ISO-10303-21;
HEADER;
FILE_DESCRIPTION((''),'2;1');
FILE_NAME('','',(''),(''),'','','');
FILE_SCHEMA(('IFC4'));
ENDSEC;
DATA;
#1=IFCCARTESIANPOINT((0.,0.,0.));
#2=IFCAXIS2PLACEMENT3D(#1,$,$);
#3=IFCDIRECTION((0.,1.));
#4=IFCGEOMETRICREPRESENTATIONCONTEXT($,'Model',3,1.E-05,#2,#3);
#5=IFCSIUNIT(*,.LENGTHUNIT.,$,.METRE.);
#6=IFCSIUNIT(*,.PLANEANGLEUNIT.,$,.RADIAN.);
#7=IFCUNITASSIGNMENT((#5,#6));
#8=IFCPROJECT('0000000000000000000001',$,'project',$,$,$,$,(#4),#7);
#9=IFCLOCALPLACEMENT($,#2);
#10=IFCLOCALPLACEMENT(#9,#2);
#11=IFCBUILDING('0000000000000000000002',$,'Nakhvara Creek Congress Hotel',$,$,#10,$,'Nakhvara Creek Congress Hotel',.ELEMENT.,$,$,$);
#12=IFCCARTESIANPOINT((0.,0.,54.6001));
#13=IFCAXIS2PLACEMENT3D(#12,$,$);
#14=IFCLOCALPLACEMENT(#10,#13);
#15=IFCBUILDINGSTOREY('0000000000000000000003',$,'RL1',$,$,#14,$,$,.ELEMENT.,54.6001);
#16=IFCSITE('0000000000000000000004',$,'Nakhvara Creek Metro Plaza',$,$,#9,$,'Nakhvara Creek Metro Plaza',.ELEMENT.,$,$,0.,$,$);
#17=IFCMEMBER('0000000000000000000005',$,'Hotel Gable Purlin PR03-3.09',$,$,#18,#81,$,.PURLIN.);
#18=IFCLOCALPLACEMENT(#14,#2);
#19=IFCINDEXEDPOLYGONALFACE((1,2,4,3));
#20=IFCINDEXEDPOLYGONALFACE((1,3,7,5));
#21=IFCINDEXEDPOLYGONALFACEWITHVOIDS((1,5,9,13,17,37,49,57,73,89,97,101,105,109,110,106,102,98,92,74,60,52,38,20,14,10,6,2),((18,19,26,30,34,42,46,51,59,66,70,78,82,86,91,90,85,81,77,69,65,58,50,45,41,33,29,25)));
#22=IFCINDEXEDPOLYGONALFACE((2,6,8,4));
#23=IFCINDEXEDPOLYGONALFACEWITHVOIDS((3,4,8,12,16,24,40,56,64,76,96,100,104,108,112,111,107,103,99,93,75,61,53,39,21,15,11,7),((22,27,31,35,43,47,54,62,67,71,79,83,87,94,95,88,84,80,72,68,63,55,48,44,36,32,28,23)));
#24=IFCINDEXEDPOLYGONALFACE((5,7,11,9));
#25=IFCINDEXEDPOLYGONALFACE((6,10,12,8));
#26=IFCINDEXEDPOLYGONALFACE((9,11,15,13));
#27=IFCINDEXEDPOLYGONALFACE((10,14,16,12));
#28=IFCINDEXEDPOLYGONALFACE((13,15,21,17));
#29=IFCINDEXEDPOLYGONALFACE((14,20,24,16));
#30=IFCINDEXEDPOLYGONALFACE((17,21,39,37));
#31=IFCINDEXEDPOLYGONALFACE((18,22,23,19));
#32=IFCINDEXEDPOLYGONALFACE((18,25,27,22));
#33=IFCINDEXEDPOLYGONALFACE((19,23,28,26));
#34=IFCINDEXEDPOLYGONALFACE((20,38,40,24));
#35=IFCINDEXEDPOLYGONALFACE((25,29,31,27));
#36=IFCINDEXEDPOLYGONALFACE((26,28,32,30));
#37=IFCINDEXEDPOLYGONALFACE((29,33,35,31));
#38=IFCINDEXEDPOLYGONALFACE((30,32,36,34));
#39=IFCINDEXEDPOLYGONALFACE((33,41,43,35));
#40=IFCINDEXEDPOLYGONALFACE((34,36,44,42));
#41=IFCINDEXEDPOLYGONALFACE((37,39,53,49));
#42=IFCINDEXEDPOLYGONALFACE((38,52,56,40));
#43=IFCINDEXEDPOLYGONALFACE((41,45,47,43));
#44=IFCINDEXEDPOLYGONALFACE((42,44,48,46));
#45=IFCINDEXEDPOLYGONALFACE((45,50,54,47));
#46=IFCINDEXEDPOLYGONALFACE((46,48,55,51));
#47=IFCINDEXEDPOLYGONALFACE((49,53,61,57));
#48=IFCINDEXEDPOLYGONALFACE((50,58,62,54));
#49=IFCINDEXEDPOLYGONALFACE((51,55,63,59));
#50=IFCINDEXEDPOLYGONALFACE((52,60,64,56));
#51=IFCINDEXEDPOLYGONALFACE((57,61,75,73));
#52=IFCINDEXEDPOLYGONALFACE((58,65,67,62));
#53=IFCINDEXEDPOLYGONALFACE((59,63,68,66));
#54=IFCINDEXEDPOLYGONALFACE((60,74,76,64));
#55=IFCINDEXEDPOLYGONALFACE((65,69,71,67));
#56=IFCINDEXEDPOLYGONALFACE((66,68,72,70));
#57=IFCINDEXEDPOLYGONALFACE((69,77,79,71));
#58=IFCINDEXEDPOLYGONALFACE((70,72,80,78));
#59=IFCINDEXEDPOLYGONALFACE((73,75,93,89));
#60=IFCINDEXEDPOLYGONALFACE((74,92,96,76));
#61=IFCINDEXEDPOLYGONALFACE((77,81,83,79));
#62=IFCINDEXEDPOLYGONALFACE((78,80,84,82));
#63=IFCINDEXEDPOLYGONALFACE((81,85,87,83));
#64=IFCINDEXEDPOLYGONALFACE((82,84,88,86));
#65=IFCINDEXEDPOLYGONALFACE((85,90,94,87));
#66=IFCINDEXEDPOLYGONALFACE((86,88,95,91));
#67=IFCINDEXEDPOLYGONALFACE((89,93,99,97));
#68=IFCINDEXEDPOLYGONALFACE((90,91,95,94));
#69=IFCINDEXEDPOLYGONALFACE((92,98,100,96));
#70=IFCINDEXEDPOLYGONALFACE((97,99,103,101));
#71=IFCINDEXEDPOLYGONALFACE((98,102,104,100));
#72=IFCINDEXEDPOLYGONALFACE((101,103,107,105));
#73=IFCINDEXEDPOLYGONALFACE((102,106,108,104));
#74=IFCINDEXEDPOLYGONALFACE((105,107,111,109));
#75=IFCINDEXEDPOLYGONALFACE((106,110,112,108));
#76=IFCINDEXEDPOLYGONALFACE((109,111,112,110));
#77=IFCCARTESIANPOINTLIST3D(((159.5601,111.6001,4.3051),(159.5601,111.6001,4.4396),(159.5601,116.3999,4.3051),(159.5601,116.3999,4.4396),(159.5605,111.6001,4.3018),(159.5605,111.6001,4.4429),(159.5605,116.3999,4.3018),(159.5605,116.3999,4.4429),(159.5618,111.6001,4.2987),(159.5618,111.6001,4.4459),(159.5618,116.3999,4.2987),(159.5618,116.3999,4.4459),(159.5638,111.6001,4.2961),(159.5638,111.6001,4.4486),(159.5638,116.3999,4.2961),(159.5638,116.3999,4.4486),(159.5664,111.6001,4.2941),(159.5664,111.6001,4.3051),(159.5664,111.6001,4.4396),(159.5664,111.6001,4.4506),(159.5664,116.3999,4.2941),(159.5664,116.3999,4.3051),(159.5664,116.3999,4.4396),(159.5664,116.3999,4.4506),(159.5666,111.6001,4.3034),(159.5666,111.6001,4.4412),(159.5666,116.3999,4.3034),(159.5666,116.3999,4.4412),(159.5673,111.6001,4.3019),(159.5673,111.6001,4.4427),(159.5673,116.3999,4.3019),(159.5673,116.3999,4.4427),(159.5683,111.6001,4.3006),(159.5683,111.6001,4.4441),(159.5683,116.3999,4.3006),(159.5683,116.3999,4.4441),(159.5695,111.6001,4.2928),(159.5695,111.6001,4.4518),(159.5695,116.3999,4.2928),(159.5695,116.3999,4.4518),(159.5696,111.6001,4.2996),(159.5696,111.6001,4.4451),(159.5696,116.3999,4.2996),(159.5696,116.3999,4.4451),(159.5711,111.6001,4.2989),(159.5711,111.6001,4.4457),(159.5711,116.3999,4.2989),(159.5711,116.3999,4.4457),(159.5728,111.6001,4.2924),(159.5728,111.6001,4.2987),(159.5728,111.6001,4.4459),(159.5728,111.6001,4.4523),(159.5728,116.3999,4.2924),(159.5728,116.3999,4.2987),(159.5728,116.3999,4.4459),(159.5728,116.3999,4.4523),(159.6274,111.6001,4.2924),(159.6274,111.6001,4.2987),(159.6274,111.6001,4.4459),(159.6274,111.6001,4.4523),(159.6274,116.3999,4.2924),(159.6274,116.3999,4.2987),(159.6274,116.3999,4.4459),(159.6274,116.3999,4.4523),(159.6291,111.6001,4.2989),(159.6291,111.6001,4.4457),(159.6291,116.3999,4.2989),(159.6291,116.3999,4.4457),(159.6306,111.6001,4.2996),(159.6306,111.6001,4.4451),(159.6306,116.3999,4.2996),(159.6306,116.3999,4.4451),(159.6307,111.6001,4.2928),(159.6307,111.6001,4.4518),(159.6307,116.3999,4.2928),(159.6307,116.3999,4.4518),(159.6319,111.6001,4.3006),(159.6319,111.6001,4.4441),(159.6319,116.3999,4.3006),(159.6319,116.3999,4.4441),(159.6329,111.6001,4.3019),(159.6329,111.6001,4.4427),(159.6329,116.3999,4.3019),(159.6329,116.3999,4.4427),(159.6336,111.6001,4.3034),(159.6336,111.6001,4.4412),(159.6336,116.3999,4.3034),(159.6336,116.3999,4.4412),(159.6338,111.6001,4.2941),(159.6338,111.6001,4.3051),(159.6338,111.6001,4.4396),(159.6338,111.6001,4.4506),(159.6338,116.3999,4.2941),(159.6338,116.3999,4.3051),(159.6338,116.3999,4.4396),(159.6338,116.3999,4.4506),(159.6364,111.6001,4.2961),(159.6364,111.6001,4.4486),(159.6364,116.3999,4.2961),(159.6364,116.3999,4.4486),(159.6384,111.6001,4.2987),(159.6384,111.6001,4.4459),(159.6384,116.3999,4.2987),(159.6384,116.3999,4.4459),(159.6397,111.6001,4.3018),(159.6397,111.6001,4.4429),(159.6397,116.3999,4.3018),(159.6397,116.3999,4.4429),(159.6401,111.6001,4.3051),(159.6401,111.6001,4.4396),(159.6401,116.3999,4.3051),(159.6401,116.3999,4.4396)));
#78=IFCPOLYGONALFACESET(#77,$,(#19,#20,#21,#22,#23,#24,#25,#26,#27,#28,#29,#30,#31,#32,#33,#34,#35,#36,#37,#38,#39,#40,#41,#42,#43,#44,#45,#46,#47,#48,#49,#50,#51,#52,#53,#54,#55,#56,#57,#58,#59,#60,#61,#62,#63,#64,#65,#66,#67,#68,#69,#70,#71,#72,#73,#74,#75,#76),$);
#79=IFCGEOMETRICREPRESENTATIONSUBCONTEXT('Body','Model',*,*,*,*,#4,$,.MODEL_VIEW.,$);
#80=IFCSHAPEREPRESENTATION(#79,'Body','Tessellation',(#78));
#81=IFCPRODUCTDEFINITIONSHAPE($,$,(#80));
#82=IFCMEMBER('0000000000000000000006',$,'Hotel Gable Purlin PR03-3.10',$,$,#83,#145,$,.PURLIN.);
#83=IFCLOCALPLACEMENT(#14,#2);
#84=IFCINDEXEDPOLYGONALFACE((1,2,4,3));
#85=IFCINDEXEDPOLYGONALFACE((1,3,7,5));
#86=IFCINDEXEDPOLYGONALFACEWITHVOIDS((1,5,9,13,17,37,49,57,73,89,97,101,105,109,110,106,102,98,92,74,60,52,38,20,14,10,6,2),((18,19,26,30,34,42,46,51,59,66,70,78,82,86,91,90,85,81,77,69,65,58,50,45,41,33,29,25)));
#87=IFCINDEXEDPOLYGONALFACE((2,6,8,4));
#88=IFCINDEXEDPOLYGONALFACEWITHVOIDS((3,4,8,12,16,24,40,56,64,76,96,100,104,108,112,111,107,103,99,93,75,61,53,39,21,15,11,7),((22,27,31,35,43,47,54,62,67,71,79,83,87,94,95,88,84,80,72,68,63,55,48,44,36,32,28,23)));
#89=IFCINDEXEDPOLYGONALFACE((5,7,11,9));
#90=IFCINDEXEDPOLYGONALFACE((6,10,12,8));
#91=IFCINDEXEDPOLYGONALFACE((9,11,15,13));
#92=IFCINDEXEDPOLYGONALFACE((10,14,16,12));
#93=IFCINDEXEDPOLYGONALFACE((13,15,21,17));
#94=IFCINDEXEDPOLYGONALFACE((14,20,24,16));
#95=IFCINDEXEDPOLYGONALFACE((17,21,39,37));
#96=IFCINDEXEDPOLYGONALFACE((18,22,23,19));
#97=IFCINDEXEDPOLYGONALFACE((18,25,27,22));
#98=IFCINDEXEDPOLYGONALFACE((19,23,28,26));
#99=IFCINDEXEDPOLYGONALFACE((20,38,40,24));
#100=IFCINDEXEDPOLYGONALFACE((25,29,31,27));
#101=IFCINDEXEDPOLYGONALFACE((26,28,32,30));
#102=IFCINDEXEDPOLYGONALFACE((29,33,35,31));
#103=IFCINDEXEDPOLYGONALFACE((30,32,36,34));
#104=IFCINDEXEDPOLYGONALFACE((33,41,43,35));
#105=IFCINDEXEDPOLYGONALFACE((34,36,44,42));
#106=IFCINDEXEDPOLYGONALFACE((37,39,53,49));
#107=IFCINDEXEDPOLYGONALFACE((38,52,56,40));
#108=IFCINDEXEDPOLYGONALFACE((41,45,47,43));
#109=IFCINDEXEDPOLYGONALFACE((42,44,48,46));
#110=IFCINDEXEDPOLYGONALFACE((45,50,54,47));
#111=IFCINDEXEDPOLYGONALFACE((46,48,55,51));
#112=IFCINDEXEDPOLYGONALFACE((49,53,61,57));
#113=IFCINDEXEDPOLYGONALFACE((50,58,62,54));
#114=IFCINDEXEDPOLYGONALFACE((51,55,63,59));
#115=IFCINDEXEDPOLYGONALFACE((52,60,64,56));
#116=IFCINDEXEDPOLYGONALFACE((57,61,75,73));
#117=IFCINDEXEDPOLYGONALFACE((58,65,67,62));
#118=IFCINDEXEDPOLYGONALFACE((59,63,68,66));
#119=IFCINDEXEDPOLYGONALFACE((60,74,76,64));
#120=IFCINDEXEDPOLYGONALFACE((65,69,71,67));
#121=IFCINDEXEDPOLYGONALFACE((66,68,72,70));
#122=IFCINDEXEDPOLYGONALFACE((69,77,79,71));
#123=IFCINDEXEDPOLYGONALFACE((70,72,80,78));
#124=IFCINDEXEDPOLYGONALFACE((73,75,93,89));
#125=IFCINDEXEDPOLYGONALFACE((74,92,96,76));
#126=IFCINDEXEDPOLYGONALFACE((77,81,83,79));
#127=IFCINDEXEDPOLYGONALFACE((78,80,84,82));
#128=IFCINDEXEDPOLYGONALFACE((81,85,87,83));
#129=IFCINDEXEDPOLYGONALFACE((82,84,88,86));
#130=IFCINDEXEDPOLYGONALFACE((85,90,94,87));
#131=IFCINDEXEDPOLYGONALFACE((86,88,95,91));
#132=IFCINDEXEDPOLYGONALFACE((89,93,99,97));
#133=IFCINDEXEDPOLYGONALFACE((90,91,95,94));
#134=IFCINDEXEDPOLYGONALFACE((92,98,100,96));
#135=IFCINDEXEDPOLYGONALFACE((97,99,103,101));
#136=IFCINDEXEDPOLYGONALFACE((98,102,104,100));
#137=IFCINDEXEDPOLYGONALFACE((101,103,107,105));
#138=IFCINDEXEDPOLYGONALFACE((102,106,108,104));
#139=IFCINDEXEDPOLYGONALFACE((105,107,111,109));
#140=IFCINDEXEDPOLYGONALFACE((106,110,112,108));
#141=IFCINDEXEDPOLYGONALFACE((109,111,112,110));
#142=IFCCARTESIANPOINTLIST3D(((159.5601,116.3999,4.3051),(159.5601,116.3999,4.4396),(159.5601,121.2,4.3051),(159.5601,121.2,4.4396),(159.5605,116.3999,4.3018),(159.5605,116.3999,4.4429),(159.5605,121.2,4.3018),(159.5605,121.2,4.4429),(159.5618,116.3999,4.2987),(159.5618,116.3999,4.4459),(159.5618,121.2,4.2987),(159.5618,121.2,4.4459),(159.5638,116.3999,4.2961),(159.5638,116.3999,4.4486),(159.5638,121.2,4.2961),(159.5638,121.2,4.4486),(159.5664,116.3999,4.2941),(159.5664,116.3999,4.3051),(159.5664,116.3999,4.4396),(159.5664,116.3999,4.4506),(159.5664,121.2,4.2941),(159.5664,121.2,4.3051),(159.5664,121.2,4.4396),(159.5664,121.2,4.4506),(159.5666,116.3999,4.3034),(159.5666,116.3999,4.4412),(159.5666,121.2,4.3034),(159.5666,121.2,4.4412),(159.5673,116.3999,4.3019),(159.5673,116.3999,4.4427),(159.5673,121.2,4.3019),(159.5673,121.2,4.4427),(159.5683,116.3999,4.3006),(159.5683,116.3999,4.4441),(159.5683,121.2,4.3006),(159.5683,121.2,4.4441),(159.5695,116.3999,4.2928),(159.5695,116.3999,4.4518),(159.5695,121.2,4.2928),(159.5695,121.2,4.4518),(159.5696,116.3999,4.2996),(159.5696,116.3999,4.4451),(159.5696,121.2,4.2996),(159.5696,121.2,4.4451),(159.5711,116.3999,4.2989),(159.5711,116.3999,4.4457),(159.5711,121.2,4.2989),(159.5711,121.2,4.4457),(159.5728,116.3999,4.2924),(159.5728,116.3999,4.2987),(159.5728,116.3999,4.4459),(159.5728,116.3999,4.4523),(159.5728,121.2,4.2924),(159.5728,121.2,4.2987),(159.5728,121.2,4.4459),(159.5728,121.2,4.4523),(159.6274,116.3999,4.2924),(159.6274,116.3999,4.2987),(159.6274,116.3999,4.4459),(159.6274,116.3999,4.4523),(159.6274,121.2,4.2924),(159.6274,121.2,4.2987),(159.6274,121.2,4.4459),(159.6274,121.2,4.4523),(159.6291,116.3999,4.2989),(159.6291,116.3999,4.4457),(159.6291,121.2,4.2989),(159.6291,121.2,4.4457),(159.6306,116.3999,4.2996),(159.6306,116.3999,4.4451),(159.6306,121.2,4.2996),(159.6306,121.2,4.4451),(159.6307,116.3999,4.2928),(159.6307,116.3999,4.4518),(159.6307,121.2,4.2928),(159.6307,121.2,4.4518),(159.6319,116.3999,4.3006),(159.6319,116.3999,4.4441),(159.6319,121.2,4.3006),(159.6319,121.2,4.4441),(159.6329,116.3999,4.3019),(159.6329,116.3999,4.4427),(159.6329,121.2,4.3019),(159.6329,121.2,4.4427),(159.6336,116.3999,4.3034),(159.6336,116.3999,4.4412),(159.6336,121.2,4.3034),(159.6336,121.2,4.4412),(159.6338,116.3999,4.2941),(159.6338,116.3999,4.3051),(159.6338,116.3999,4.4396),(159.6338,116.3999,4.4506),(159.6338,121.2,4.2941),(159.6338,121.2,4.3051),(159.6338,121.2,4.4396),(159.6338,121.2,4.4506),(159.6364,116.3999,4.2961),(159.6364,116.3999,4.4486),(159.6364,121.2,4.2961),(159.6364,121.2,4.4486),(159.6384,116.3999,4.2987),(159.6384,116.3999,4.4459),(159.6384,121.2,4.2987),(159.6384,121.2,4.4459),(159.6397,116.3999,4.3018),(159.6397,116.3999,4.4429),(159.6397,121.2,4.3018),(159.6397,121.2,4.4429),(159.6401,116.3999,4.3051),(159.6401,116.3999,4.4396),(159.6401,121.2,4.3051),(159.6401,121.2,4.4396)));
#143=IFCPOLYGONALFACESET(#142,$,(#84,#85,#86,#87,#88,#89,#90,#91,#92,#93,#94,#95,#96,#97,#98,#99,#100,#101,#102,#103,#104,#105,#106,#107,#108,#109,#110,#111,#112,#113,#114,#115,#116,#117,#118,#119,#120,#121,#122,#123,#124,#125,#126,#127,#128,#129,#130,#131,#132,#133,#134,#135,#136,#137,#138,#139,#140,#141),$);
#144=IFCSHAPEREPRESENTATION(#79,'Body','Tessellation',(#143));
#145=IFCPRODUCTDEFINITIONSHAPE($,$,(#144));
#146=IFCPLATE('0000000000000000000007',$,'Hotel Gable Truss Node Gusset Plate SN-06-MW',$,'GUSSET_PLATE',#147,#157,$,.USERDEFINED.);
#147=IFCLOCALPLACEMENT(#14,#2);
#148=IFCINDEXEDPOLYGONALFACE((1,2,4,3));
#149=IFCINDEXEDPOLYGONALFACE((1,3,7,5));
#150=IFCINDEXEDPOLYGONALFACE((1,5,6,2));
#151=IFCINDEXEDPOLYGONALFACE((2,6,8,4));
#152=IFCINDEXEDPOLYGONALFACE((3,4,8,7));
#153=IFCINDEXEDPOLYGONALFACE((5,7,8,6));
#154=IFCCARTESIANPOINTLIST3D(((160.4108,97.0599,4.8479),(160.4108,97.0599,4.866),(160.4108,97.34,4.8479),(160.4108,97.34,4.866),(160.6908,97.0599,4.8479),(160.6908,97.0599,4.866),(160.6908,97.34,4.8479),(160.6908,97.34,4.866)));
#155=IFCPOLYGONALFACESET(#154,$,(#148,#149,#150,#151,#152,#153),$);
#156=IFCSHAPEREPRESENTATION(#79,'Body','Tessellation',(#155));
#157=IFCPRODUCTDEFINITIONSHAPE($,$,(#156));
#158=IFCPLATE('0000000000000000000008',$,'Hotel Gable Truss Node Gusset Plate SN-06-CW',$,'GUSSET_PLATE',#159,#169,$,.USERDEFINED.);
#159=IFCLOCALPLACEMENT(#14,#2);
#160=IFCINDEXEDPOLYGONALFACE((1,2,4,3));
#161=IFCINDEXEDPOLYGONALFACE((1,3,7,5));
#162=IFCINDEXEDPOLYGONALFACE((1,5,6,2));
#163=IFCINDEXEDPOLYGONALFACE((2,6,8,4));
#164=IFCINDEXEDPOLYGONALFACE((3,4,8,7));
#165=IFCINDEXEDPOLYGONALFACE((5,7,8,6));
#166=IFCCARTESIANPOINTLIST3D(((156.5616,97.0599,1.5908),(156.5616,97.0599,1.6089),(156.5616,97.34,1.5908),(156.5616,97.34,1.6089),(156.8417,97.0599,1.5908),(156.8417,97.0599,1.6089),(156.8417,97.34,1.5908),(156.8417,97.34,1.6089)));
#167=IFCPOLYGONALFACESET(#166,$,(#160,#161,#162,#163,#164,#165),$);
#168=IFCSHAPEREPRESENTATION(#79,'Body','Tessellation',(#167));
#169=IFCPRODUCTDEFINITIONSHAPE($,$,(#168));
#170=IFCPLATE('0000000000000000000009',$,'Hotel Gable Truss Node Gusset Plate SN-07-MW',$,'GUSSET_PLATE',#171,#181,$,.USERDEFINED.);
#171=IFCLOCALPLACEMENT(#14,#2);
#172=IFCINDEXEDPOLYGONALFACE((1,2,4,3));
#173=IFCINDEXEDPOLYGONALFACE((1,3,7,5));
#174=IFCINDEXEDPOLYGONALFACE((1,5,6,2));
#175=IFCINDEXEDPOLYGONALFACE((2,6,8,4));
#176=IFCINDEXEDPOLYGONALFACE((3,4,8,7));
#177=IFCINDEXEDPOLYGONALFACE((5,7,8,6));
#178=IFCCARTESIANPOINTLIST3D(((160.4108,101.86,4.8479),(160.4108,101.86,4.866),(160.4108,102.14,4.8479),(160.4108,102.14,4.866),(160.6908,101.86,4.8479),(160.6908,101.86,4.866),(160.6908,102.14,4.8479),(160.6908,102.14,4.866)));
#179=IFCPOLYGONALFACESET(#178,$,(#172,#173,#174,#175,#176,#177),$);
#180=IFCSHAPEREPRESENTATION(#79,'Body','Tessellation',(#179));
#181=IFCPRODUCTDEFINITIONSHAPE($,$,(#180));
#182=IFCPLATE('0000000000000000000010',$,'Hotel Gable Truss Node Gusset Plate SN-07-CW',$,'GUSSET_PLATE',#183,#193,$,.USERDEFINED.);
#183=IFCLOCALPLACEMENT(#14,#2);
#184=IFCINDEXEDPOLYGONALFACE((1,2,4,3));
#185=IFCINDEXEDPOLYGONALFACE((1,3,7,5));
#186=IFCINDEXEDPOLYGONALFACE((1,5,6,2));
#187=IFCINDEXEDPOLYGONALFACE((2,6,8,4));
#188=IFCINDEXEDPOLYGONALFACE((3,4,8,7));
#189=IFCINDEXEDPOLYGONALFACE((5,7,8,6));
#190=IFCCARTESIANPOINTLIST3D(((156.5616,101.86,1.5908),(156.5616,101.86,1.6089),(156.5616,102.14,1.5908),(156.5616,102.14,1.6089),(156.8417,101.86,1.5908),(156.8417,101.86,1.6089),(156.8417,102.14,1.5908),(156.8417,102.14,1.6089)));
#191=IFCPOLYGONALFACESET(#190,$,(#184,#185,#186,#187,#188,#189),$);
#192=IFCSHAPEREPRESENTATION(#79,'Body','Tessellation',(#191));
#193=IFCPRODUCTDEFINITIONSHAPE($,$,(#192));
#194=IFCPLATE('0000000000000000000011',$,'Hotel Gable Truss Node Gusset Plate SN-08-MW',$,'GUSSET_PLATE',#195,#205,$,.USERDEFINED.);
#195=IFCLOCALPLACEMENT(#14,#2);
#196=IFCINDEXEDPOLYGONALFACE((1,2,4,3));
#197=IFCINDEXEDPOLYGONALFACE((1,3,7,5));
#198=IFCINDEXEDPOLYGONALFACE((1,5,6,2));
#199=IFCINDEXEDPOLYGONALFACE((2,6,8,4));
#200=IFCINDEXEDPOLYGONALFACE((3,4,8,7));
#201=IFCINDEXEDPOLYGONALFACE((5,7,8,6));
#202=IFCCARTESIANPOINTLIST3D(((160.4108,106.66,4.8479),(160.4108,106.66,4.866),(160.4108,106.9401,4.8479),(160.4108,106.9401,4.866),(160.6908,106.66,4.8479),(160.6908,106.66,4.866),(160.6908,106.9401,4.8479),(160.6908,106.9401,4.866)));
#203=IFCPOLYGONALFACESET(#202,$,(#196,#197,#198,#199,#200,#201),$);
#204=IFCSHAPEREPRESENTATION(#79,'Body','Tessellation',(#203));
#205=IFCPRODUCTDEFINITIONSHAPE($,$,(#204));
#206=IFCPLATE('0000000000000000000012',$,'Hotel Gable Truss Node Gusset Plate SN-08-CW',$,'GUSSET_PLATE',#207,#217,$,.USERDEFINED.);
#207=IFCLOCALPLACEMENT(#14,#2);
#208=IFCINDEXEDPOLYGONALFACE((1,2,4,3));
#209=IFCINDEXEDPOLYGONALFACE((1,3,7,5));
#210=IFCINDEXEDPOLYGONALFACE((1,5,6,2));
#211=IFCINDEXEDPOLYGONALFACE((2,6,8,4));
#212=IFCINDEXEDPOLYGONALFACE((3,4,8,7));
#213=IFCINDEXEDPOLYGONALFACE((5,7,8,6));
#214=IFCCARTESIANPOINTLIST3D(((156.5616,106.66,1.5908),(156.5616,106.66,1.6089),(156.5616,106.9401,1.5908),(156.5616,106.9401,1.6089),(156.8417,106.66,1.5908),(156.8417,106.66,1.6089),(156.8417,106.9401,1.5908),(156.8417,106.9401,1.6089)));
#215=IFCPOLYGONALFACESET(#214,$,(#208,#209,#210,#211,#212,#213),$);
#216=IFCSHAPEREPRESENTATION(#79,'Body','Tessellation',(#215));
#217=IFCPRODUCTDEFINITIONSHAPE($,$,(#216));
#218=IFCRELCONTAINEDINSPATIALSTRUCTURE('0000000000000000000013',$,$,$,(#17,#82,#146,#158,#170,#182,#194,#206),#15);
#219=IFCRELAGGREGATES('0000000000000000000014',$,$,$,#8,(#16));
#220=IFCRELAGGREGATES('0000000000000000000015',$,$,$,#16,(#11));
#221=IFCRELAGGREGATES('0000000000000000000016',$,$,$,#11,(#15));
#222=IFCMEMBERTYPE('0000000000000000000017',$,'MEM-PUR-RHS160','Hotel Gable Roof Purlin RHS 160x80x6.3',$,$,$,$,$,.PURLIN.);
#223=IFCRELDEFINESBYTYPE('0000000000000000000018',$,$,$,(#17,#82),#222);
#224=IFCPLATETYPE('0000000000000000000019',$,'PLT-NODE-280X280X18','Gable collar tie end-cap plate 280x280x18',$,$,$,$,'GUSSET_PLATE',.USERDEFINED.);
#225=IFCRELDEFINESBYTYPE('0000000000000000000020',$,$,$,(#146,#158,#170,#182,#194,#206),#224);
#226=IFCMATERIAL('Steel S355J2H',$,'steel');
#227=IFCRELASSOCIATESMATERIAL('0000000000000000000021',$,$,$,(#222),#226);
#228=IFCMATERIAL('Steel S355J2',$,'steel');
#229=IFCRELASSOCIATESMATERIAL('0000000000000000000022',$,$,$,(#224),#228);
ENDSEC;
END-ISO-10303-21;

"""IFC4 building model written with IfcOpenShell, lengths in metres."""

from ifc_helpers import new_model, si_unit, direction, frame, origin, origin_2d, place, context, subcontext, project, spatial, rectangle, hollow_rectangle, extrude, material, material_profile, profile_set, type_object, element, save


model = new_model("IFC4")

# Units and contexts
model_context = context("Model", 3, precision=1e-05, world=origin(), true_north=direction((0.0, 1.0)))
body_context = subcontext(model_context, "Body", "Model", "MODEL_VIEW")
ifc_project = project(units=[si_unit("LENGTHUNIT", "METRE"), si_unit("PLANEANGLEUNIT", "RADIAN")], contexts=[model_context])

# Site, building, storey
site_placement = place(None, origin())
site = spatial("IfcSite", under=ifc_project, at=site_placement, Name="Nakhvara Creek Metro Plaza", LongName="Nakhvara Creek Metro Plaza", CompositionType="ELEMENT", RefElevation=0.0)
building_placement = place(site_placement, origin())
building = spatial("IfcBuilding", under=site, at=building_placement, Name="Nakhvara Creek Congress Hotel", LongName="Nakhvara Creek Congress Hotel", CompositionType="ELEMENT")
storey_placement = place(building_placement, frame((0.0, 0.0, 54.6001)))
storey = spatial("IfcBuildingStorey", under=building, at=storey_placement, Name="RL1", CompositionType="ELEMENT", Elevation=54.6001)

# Shared definitions
ifc_material_1 = material(Name="Steel S355J2", Category="steel")

# Members
ifc_material_2 = material(Name="Steel S355J2H", Category="steel")
ifc_material_profile_1 = material_profile(ifc_material_2, hollow_rectangle(XDim=0.0801, YDim=0.1599, WallThickness=0.0063, InnerFilletRadius=0.0063, OuterFilletRadius=0.0127, at=origin_2d()), Name="RHS 160x80x6.3", Category="LoadBearing")
ifc_profile_set_1 = profile_set([ifc_material_profile_1], Name="Steel S355J2H")
member_type_1 = type_object("IfcMemberType", Name="MEM-PUR-RHS160", Description="Hotel Gable Roof Purlin RHS 160x80x6.3", PredefinedType="PURLIN", material=ifc_profile_set_1)
member_1_placement = place(storey_placement, frame((159.6001, 111.6001, 4.3723), z_axis=(0.0, 1.0, 0.0), x_axis=(-1.0, 0.0, 0.0)))
element("IfcMember", 1, at=member_1_placement, inside=storey, type_object=member_type_1, Name="Hotel Gable Purlin PR03-3.09", PredefinedType="PURLIN", context=body_context, shape_type="SweptSolid", body=[
    extrude(hollow_rectangle(XDim=0.0801, YDim=0.1599, WallThickness=0.0063, InnerFilletRadius=0.0063, OuterFilletRadius=0.0127, at=origin_2d()), origin(), (0.0, 0.0, 1.0), 4.7998),
])
member_2_placement = place(storey_placement, frame((159.6001, 116.3999, 4.3723), z_axis=(0.0, 1.0, 0.0), x_axis=(-1.0, 0.0, 0.0)))
element("IfcMember", 2, at=member_2_placement, inside=storey, type_object=member_type_1, Name="Hotel Gable Purlin PR03-3.10", PredefinedType="PURLIN", context=body_context, shape_type="SweptSolid", body=[
    extrude(hollow_rectangle(XDim=0.0801, YDim=0.1599, WallThickness=0.0063, InnerFilletRadius=0.0063, OuterFilletRadius=0.0127, at=origin_2d()), origin(), (0.0, 0.0, 1.0), 4.8),
])

# Plates
plate_type = type_object("IfcPlateType", Name="PLT-NODE-280X280X18", Description="Gable collar tie end-cap plate 280x280x18", ElementType="GUSSET_PLATE", PredefinedType="USERDEFINED", material=ifc_material_1)
for number, where, z_axis, x_axis, name in (
    (3, (160.5508, 97.2, 4.8479), (0.0, 0.0, 1.0), (1.0, 0.0, 0.0), "Hotel Gable Truss Node Gusset Plate SN-06-MW"),
    (4, (156.7017, 97.2, 1.5908), (0.0, 0.0, 1.0), (1.0, 0.0, 0.0), "Hotel Gable Truss Node Gusset Plate SN-06-CW"),
    (5, (160.5508, 102.0, 4.8479), (0.0, 0.0, 1.0), (1.0, 0.0, 0.0), "Hotel Gable Truss Node Gusset Plate SN-07-MW"),
    (6, (156.7017, 102.0, 1.5908), (0.0, 0.0, 1.0), (1.0, 0.0, 0.0), "Hotel Gable Truss Node Gusset Plate SN-07-CW"),
    (7, (160.5508, 106.8, 4.8479), (0.0, 0.0, 1.0), (1.0, 0.0, 0.0), "Hotel Gable Truss Node Gusset Plate SN-08-MW"),
    (8, (156.7017, 106.8, 1.5908), (0.0, 0.0, 1.0), (1.0, 0.0, 0.0), "Hotel Gable Truss Node Gusset Plate SN-08-CW"),
):
    element("IfcPlate", number, at=place(storey_placement, frame(where, z_axis=z_axis, x_axis=x_axis)), inside=storey, type_object=plate_type, Name=name, ObjectType="GUSSET_PLATE", PredefinedType="USERDEFINED", context=body_context, shape_type="SweptSolid", body=[
        extrude(rectangle(XDim=0.28, YDim=0.28, at=origin_2d()), origin(), (0.0, 0.0, 1.0), 0.0181),
    ])

save(model, "model.ifc")
